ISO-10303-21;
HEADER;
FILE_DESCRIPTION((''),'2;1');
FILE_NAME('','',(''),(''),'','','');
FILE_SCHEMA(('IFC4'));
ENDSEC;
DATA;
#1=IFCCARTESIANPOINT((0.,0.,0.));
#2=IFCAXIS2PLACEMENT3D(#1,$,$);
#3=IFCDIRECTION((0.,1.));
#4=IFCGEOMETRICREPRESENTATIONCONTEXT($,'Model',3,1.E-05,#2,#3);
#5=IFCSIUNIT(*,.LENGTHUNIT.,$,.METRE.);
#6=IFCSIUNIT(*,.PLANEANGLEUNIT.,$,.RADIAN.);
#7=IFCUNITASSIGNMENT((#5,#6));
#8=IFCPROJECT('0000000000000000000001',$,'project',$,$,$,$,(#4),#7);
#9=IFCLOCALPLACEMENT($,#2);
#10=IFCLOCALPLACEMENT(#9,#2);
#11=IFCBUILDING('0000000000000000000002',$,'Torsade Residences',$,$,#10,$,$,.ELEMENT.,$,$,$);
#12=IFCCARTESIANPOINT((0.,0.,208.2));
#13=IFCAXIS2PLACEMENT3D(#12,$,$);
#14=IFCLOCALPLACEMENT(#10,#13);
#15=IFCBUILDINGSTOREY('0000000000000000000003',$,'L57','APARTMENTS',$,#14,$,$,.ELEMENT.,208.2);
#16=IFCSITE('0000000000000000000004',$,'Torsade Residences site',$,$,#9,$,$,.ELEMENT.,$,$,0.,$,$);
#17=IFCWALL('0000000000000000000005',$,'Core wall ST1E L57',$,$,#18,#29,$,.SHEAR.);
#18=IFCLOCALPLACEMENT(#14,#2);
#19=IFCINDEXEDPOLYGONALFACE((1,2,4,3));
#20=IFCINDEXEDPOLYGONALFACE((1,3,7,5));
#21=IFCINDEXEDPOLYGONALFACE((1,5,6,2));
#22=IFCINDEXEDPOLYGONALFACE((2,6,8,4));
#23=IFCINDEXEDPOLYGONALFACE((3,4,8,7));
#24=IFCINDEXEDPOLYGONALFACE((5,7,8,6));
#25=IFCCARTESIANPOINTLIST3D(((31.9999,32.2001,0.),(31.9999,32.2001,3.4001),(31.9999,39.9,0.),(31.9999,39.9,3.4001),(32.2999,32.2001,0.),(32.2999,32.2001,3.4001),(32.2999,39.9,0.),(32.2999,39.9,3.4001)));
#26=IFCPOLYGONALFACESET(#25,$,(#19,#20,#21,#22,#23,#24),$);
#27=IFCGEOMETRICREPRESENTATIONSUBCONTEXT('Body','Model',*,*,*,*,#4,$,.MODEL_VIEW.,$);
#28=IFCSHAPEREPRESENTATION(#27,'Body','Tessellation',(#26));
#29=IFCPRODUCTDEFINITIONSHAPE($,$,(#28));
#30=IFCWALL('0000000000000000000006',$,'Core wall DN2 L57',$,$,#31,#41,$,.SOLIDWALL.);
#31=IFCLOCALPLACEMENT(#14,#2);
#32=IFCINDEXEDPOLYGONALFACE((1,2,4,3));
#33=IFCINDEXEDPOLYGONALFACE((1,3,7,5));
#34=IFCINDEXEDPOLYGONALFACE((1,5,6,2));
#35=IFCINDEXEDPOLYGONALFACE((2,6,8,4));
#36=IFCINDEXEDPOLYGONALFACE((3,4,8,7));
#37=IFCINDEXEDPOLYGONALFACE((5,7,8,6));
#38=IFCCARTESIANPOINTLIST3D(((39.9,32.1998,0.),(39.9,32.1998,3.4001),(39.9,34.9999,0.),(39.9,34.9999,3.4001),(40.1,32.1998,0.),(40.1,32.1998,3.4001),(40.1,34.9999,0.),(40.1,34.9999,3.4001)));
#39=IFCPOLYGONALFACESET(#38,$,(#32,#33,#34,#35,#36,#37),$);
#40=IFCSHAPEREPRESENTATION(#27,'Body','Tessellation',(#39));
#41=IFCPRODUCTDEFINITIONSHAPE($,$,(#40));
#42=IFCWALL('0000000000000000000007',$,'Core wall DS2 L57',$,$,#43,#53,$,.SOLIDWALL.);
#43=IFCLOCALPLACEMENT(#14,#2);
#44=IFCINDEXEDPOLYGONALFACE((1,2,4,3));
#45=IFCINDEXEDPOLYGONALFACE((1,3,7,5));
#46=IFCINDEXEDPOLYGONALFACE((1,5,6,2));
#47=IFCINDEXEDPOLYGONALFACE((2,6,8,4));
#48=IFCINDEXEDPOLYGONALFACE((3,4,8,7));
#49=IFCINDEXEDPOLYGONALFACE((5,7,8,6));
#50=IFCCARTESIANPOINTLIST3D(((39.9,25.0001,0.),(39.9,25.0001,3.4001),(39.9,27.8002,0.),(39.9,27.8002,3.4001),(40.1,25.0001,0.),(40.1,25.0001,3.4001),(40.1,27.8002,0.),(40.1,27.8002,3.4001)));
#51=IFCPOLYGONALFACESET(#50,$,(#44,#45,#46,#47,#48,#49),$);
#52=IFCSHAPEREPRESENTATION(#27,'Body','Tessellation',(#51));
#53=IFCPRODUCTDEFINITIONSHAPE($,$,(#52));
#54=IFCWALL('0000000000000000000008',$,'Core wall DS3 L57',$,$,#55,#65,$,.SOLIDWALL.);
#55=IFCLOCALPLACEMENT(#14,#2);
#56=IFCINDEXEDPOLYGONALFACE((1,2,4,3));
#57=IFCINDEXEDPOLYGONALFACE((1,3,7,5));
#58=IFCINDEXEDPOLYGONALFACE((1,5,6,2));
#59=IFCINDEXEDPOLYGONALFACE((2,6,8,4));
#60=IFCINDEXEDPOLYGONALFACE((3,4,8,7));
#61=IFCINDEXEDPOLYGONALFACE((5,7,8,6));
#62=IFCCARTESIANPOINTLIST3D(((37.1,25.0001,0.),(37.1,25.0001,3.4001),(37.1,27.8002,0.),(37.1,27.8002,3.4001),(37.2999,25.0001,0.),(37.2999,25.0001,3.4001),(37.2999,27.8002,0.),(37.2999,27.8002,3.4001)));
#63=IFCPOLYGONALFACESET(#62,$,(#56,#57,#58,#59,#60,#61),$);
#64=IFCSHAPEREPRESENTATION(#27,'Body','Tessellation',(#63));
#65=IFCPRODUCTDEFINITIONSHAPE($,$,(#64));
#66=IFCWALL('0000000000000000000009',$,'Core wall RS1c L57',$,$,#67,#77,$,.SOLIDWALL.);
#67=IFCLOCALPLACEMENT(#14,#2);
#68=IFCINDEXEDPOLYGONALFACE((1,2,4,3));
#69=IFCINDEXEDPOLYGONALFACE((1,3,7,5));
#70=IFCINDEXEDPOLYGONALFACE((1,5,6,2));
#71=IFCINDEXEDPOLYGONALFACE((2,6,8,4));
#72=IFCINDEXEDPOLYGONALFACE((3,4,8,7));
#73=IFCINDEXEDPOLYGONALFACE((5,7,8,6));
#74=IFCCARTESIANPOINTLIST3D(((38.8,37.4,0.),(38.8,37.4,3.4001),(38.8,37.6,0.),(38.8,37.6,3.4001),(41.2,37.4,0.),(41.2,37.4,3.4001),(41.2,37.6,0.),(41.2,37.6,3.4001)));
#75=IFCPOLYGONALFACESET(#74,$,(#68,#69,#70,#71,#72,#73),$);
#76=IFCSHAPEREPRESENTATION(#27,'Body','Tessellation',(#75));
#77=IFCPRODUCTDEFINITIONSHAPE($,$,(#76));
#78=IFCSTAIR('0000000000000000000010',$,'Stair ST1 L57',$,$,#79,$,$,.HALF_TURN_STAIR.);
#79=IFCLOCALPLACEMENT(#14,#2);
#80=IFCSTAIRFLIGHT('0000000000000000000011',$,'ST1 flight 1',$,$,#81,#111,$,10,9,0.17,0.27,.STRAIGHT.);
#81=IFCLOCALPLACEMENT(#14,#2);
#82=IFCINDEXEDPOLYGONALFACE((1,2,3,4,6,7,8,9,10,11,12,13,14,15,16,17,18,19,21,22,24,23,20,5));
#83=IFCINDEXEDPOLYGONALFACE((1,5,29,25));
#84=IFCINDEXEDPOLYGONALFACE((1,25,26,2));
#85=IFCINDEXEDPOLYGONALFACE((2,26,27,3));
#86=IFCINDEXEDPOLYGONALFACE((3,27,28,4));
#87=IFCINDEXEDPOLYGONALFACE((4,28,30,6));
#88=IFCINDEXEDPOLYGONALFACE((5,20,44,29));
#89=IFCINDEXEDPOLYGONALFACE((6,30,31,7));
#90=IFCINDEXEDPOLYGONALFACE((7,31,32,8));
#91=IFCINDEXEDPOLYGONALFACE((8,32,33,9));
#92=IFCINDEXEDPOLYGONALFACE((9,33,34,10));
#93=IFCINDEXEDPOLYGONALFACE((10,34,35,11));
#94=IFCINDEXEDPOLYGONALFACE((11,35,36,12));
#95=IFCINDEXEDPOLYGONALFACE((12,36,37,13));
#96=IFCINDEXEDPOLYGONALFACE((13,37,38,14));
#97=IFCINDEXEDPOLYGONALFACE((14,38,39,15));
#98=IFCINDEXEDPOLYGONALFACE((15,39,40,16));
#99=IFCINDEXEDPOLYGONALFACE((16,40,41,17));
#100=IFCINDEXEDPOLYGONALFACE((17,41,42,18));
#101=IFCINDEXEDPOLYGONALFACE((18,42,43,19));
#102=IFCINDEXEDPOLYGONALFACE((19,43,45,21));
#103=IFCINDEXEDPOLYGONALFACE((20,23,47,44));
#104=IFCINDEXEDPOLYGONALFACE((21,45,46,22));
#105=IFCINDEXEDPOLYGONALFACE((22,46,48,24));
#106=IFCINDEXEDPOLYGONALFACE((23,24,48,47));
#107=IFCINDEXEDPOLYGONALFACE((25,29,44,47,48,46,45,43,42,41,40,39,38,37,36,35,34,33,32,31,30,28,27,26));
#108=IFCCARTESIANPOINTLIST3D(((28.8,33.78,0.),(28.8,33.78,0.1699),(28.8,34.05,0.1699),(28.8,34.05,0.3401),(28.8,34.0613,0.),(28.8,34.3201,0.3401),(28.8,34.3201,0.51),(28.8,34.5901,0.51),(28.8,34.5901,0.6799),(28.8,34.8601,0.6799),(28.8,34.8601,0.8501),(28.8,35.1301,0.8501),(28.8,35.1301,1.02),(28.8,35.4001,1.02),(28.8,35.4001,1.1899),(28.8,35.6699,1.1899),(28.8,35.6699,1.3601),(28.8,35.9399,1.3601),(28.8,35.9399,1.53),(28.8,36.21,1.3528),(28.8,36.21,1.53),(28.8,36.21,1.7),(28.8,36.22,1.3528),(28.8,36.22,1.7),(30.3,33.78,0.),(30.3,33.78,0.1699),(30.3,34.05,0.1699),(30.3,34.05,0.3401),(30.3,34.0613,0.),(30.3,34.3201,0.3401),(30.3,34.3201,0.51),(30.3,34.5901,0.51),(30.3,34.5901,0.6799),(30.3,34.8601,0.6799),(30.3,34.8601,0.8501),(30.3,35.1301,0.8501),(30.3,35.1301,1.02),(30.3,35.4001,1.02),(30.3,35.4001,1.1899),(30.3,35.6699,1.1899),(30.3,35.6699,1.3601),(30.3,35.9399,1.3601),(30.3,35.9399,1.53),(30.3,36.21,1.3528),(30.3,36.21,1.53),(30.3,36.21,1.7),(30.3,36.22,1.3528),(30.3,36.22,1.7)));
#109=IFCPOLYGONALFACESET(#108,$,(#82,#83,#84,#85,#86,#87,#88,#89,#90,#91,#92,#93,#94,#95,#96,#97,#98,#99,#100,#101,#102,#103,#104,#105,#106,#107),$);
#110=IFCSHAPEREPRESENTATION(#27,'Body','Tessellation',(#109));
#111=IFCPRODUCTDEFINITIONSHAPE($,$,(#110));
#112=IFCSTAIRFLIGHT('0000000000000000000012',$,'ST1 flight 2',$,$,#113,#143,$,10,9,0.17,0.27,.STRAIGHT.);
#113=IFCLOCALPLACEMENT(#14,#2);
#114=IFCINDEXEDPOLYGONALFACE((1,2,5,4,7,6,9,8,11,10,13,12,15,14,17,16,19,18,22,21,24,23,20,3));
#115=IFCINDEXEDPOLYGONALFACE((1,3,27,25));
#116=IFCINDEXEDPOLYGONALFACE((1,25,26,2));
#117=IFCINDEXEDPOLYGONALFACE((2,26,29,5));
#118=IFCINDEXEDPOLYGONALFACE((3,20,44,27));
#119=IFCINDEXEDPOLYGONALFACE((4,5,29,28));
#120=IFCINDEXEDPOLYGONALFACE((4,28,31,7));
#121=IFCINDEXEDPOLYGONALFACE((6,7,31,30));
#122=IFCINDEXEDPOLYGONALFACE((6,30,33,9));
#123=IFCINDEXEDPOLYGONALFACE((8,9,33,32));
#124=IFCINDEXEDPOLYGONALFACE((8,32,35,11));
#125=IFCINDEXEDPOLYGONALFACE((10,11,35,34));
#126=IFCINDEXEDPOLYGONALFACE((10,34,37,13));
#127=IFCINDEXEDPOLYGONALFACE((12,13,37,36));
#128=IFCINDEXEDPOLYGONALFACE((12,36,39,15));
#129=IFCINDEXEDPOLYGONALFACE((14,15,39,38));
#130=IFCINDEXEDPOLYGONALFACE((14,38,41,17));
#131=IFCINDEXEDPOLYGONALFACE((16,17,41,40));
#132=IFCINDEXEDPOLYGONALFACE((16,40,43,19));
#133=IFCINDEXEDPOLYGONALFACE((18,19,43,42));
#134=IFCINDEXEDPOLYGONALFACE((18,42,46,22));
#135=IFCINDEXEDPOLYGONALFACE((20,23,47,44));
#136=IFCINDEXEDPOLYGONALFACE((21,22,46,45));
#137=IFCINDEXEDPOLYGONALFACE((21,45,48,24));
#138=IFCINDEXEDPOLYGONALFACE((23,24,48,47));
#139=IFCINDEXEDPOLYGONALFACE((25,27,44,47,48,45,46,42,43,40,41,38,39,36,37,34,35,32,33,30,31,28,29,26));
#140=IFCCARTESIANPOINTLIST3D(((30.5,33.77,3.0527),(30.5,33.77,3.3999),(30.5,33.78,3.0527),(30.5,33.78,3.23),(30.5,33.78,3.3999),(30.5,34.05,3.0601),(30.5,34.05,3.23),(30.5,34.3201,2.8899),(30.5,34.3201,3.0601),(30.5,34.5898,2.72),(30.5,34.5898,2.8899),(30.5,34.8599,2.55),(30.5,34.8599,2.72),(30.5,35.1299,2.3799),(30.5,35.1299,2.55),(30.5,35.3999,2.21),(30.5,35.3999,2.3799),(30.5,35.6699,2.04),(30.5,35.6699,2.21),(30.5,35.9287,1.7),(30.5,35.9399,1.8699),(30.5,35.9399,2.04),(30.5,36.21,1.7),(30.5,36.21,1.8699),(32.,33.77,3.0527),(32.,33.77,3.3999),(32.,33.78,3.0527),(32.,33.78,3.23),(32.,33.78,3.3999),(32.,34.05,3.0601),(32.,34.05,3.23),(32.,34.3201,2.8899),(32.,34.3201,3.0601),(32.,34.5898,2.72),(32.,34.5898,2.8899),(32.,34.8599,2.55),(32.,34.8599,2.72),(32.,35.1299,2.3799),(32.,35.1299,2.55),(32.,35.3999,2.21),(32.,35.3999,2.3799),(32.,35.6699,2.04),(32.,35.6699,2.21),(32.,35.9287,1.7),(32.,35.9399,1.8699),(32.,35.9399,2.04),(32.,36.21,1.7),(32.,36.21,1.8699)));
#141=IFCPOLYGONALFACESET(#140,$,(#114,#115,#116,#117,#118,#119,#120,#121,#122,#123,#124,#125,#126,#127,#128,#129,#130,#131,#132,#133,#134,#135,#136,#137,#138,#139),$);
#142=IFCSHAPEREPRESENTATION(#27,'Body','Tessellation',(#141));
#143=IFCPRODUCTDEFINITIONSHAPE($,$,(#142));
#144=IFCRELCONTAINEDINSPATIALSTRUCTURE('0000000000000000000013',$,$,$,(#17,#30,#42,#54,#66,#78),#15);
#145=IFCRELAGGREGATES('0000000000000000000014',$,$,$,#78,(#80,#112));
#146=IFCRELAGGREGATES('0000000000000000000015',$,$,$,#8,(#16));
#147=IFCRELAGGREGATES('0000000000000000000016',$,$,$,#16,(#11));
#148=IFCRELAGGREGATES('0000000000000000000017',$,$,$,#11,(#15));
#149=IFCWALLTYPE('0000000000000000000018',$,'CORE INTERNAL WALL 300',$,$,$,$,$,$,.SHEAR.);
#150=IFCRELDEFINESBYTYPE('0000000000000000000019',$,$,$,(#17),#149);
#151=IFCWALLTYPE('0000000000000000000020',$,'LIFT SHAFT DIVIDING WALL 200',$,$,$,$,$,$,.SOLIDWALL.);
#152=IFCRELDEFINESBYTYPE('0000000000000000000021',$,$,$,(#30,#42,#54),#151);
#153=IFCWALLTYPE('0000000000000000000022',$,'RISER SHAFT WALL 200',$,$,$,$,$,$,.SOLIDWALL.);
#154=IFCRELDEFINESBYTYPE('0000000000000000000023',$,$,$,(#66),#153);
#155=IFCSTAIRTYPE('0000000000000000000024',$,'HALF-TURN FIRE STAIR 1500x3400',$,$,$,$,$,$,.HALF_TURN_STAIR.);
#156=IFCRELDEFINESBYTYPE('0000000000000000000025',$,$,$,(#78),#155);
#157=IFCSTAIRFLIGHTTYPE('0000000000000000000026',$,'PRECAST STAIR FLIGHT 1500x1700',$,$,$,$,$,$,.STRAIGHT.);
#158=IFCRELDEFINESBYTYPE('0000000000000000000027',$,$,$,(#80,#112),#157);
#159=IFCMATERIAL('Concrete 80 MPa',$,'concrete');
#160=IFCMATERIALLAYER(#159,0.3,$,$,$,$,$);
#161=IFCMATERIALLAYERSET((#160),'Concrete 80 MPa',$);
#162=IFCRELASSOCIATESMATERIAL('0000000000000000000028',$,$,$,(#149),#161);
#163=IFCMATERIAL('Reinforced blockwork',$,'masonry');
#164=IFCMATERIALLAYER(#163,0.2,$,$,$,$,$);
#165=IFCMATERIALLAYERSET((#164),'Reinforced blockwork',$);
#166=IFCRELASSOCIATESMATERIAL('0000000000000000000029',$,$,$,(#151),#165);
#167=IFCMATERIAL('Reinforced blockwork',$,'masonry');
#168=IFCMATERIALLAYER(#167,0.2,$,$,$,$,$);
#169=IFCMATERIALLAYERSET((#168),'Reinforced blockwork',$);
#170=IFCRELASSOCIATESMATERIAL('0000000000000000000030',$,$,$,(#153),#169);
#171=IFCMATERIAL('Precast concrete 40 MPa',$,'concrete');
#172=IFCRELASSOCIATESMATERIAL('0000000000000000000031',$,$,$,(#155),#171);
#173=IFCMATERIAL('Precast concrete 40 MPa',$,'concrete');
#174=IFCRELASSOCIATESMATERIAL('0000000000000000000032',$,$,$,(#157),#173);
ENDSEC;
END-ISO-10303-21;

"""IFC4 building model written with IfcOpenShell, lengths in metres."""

from ifc_helpers import new_model, si_unit, direction, frame, frame_2d, origin, place, context, subcontext, project, spatial, polyline, rectangle, outline, extrude, material, layer, layer_set, type_object, element, aggregate, save


model = new_model("IFC4")

# Units and contexts
model_context = context("Model", 3, precision=1e-05, world=origin(), true_north=direction((0.0, 1.0)))
body_context = subcontext(model_context, "Body", "Model", "MODEL_VIEW")
ifc_project = project(units=[si_unit("LENGTHUNIT", "METRE"), si_unit("PLANEANGLEUNIT", "RADIAN")], contexts=[model_context])

# Site, building, storey
site_placement = place(None, origin())
site = spatial("IfcSite", under=ifc_project, at=site_placement, Name="Torsade Residences site", CompositionType="ELEMENT", RefElevation=0.0)
building_placement = place(site_placement, origin())
building = spatial("IfcBuilding", under=site, at=building_placement, Name="Torsade Residences", CompositionType="ELEMENT")
storey_placement = place(building_placement, frame((0.0, 0.0, 208.2)))
storey = spatial("IfcBuildingStorey", under=building, at=storey_placement, Name="L57", Description="APARTMENTS", CompositionType="ELEMENT", Elevation=208.2)

# Shared definitions
ifc_material_1 = material(Name="Concrete 80 MPa", Category="concrete")
ifc_layer_1 = layer(ifc_material_1, 0.3)
ifc_layer_set_1 = layer_set([ifc_layer_1], Name="Concrete 80 MPa")
wall_type_1 = type_object("IfcWallType", Name="CORE INTERNAL WALL 300", PredefinedType="SHEAR", material=ifc_layer_set_1)

# Walls
wall_1_placement = place(storey_placement, frame((32.1499, 32.2, 0.0), z_axis=(0.0, 0.0, 1.0), x_axis=(0.0, 1.0, 0.0)))
element("IfcWall", 1, at=wall_1_placement, inside=storey, type_object=wall_type_1, Name="Core wall ST1E L57", PredefinedType="SHEAR", context=body_context, shape_type="SweptSolid", body=[
    extrude(rectangle(XDim=7.7, YDim=0.3, at=frame_2d((3.8501, 0.0))), origin(), (0.0, 0.0, 1.0), 3.4001),
])
ifc_material_2 = material(Name="Reinforced blockwork", Category="masonry")
ifc_layer_2 = layer(ifc_material_2, 0.2)
ifc_layer_set_2 = layer_set([ifc_layer_2], Name="Reinforced blockwork")
wall_type_2 = type_object("IfcWallType", Name="LIFT SHAFT DIVIDING WALL 200", PredefinedType="SOLIDWALL", material=ifc_layer_set_2)
for number, where, z_axis, x_axis, name in (
    (2, (40.0, 32.2, 0.0), (0.0, 0.0, 1.0), (0.0, 1.0, 0.0), "Core wall DN2 L57"),
    (3, (40.0, 27.8, 0.0), (0.0, 0.0, 1.0), (0.0, -1.0, 0.0), "Core wall DS2 L57"),
    (4, (37.2, 27.8, 0.0), (0.0, 0.0, 1.0), (0.0, -1.0, 0.0), "Core wall DS3 L57"),
):
    element("IfcWall", number, at=place(storey_placement, frame(where, z_axis=z_axis, x_axis=x_axis)), inside=storey, type_object=wall_type_2, Name=name, PredefinedType="SOLIDWALL", context=body_context, shape_type="SweptSolid", body=[
        extrude(rectangle(XDim=2.8, YDim=0.2, at=frame_2d((1.3999, 0.0))), origin(), (0.0, 0.0, 1.0), 3.4001),
    ])
ifc_material_3 = material(Name="Reinforced blockwork", Category="masonry")
ifc_layer_3 = layer(ifc_material_3, 0.2)
ifc_layer_set_3 = layer_set([ifc_layer_3], Name="Reinforced blockwork")
wall_type_3 = type_object("IfcWallType", Name="RISER SHAFT WALL 200", PredefinedType="SOLIDWALL", material=ifc_layer_set_3)
wall_2_placement = place(storey_placement, frame((38.8, 37.5, 0.0), z_axis=(0.0, 0.0, 1.0), x_axis=(1.0, 0.0, 0.0)))
element("IfcWall", 5, at=wall_2_placement, inside=storey, type_object=wall_type_3, Name="Core wall RS1c L57", PredefinedType="SOLIDWALL", context=body_context, shape_type="SweptSolid", body=[
    extrude(rectangle(XDim=2.3999, YDim=0.2, at=frame_2d((1.2, 0.0))), origin(), (0.0, 0.0, 1.0), 3.4001),
])

# Stair, stair flights
ifc_material_4 = material(Name="Precast concrete 40 MPa", Category="concrete")
stair_type = type_object("IfcStairType", Name="HALF-TURN FIRE STAIR 1500x3400", PredefinedType="HALF_TURN_STAIR", material=ifc_material_4)
stair_placement = place(storey_placement, origin())
stair = element("IfcStair", 6, at=stair_placement, inside=storey, type_object=stair_type, Name="Stair ST1 L57", PredefinedType="HALF_TURN_STAIR")
ifc_material_5 = material(Name="Precast concrete 40 MPa", Category="concrete")
stair_flight_type = type_object("IfcStairFlightType", Name="PRECAST STAIR FLIGHT 1500x1700", PredefinedType="STRAIGHT", material=ifc_material_5)
stair_flight_1_placement = place(storey_placement, frame((29.55, 33.78, 0.0), z_axis=(0.0, 0.0, 1.0), x_axis=(0.0, 1.0, 0.0)))
stair_flight_1 = element("IfcStairFlight", 7, at=stair_flight_1_placement, type_object=stair_flight_type, Name="ST1 flight 1", NumberOfRisers=10, NumberOfTreads=9, PredefinedType="STRAIGHT", RiserHeight=0.17, TreadLength=0.27, context=body_context, shape_type="SweptSolid", body=[
    extrude(outline(polyline([(0.0, 0.0), (0.0, 0.1699), (0.27, 0.1699), (0.27, 0.3401), (0.54, 0.3401), (0.54, 0.51), (0.8101, 0.51), (0.8101, 0.6799), (1.0801, 0.6799), (1.0801, 0.8501), (1.3501, 0.8501), (1.3501, 1.02), (1.6201, 1.02), (1.6201, 1.1899), (1.8899, 1.1899), (1.8899, 1.3601), (2.1599, 1.3601), (2.1599, 1.53), (2.4299, 1.53), (2.4299, 1.7), (2.4399, 1.7), (2.4399, 1.3528), (2.4299, 1.3528), (0.2812, 0.0), (0.0, 0.0)])), frame((0.0, 0.75, 0.0), z_axis=(0.0, -1.0, 0.0), x_axis=(1.0, 0.0, 0.0)), (0.0, 0.0, 1.0), 1.5),
])
stair_flight_2_placement = place(storey_placement, frame((31.25, 36.21, 1.7), z_axis=(0.0, 0.0, 1.0), x_axis=(0.0, -1.0, 0.0)))
stair_flight_2 = element("IfcStairFlight", 8, at=stair_flight_2_placement, type_object=stair_flight_type, Name="ST1 flight 2", NumberOfRisers=10, NumberOfTreads=9, PredefinedType="STRAIGHT", RiserHeight=0.17, TreadLength=0.27, context=body_context, shape_type="SweptSolid", body=[
    extrude(outline(polyline([(0.0, 0.0), (0.0, 0.1699), (0.27, 0.1699), (0.27, 0.3401), (0.54, 0.3401), (0.54, 0.51), (0.8101, 0.51), (0.8101, 0.6799), (1.0801, 0.6799), (1.0801, 0.8501), (1.3501, 0.8501), (1.3501, 1.02), (1.6201, 1.02), (1.6201, 1.1899), (1.8899, 1.1899), (1.8899, 1.3601), (2.1599, 1.3601), (2.1599, 1.53), (2.4299, 1.53), (2.4299, 1.7), (2.4399, 1.7), (2.4399, 1.3528), (2.4299, 1.3528), (0.2812, 0.0), (0.0, 0.0)])), frame((0.0, 0.75, 0.0), z_axis=(0.0, -1.0, 0.0), x_axis=(1.0, 0.0, 0.0)), (0.0, 0.0, 1.0), 1.5),
])
aggregate(stair, [stair_flight_1, stair_flight_2])

save(model, "model.ifc")
